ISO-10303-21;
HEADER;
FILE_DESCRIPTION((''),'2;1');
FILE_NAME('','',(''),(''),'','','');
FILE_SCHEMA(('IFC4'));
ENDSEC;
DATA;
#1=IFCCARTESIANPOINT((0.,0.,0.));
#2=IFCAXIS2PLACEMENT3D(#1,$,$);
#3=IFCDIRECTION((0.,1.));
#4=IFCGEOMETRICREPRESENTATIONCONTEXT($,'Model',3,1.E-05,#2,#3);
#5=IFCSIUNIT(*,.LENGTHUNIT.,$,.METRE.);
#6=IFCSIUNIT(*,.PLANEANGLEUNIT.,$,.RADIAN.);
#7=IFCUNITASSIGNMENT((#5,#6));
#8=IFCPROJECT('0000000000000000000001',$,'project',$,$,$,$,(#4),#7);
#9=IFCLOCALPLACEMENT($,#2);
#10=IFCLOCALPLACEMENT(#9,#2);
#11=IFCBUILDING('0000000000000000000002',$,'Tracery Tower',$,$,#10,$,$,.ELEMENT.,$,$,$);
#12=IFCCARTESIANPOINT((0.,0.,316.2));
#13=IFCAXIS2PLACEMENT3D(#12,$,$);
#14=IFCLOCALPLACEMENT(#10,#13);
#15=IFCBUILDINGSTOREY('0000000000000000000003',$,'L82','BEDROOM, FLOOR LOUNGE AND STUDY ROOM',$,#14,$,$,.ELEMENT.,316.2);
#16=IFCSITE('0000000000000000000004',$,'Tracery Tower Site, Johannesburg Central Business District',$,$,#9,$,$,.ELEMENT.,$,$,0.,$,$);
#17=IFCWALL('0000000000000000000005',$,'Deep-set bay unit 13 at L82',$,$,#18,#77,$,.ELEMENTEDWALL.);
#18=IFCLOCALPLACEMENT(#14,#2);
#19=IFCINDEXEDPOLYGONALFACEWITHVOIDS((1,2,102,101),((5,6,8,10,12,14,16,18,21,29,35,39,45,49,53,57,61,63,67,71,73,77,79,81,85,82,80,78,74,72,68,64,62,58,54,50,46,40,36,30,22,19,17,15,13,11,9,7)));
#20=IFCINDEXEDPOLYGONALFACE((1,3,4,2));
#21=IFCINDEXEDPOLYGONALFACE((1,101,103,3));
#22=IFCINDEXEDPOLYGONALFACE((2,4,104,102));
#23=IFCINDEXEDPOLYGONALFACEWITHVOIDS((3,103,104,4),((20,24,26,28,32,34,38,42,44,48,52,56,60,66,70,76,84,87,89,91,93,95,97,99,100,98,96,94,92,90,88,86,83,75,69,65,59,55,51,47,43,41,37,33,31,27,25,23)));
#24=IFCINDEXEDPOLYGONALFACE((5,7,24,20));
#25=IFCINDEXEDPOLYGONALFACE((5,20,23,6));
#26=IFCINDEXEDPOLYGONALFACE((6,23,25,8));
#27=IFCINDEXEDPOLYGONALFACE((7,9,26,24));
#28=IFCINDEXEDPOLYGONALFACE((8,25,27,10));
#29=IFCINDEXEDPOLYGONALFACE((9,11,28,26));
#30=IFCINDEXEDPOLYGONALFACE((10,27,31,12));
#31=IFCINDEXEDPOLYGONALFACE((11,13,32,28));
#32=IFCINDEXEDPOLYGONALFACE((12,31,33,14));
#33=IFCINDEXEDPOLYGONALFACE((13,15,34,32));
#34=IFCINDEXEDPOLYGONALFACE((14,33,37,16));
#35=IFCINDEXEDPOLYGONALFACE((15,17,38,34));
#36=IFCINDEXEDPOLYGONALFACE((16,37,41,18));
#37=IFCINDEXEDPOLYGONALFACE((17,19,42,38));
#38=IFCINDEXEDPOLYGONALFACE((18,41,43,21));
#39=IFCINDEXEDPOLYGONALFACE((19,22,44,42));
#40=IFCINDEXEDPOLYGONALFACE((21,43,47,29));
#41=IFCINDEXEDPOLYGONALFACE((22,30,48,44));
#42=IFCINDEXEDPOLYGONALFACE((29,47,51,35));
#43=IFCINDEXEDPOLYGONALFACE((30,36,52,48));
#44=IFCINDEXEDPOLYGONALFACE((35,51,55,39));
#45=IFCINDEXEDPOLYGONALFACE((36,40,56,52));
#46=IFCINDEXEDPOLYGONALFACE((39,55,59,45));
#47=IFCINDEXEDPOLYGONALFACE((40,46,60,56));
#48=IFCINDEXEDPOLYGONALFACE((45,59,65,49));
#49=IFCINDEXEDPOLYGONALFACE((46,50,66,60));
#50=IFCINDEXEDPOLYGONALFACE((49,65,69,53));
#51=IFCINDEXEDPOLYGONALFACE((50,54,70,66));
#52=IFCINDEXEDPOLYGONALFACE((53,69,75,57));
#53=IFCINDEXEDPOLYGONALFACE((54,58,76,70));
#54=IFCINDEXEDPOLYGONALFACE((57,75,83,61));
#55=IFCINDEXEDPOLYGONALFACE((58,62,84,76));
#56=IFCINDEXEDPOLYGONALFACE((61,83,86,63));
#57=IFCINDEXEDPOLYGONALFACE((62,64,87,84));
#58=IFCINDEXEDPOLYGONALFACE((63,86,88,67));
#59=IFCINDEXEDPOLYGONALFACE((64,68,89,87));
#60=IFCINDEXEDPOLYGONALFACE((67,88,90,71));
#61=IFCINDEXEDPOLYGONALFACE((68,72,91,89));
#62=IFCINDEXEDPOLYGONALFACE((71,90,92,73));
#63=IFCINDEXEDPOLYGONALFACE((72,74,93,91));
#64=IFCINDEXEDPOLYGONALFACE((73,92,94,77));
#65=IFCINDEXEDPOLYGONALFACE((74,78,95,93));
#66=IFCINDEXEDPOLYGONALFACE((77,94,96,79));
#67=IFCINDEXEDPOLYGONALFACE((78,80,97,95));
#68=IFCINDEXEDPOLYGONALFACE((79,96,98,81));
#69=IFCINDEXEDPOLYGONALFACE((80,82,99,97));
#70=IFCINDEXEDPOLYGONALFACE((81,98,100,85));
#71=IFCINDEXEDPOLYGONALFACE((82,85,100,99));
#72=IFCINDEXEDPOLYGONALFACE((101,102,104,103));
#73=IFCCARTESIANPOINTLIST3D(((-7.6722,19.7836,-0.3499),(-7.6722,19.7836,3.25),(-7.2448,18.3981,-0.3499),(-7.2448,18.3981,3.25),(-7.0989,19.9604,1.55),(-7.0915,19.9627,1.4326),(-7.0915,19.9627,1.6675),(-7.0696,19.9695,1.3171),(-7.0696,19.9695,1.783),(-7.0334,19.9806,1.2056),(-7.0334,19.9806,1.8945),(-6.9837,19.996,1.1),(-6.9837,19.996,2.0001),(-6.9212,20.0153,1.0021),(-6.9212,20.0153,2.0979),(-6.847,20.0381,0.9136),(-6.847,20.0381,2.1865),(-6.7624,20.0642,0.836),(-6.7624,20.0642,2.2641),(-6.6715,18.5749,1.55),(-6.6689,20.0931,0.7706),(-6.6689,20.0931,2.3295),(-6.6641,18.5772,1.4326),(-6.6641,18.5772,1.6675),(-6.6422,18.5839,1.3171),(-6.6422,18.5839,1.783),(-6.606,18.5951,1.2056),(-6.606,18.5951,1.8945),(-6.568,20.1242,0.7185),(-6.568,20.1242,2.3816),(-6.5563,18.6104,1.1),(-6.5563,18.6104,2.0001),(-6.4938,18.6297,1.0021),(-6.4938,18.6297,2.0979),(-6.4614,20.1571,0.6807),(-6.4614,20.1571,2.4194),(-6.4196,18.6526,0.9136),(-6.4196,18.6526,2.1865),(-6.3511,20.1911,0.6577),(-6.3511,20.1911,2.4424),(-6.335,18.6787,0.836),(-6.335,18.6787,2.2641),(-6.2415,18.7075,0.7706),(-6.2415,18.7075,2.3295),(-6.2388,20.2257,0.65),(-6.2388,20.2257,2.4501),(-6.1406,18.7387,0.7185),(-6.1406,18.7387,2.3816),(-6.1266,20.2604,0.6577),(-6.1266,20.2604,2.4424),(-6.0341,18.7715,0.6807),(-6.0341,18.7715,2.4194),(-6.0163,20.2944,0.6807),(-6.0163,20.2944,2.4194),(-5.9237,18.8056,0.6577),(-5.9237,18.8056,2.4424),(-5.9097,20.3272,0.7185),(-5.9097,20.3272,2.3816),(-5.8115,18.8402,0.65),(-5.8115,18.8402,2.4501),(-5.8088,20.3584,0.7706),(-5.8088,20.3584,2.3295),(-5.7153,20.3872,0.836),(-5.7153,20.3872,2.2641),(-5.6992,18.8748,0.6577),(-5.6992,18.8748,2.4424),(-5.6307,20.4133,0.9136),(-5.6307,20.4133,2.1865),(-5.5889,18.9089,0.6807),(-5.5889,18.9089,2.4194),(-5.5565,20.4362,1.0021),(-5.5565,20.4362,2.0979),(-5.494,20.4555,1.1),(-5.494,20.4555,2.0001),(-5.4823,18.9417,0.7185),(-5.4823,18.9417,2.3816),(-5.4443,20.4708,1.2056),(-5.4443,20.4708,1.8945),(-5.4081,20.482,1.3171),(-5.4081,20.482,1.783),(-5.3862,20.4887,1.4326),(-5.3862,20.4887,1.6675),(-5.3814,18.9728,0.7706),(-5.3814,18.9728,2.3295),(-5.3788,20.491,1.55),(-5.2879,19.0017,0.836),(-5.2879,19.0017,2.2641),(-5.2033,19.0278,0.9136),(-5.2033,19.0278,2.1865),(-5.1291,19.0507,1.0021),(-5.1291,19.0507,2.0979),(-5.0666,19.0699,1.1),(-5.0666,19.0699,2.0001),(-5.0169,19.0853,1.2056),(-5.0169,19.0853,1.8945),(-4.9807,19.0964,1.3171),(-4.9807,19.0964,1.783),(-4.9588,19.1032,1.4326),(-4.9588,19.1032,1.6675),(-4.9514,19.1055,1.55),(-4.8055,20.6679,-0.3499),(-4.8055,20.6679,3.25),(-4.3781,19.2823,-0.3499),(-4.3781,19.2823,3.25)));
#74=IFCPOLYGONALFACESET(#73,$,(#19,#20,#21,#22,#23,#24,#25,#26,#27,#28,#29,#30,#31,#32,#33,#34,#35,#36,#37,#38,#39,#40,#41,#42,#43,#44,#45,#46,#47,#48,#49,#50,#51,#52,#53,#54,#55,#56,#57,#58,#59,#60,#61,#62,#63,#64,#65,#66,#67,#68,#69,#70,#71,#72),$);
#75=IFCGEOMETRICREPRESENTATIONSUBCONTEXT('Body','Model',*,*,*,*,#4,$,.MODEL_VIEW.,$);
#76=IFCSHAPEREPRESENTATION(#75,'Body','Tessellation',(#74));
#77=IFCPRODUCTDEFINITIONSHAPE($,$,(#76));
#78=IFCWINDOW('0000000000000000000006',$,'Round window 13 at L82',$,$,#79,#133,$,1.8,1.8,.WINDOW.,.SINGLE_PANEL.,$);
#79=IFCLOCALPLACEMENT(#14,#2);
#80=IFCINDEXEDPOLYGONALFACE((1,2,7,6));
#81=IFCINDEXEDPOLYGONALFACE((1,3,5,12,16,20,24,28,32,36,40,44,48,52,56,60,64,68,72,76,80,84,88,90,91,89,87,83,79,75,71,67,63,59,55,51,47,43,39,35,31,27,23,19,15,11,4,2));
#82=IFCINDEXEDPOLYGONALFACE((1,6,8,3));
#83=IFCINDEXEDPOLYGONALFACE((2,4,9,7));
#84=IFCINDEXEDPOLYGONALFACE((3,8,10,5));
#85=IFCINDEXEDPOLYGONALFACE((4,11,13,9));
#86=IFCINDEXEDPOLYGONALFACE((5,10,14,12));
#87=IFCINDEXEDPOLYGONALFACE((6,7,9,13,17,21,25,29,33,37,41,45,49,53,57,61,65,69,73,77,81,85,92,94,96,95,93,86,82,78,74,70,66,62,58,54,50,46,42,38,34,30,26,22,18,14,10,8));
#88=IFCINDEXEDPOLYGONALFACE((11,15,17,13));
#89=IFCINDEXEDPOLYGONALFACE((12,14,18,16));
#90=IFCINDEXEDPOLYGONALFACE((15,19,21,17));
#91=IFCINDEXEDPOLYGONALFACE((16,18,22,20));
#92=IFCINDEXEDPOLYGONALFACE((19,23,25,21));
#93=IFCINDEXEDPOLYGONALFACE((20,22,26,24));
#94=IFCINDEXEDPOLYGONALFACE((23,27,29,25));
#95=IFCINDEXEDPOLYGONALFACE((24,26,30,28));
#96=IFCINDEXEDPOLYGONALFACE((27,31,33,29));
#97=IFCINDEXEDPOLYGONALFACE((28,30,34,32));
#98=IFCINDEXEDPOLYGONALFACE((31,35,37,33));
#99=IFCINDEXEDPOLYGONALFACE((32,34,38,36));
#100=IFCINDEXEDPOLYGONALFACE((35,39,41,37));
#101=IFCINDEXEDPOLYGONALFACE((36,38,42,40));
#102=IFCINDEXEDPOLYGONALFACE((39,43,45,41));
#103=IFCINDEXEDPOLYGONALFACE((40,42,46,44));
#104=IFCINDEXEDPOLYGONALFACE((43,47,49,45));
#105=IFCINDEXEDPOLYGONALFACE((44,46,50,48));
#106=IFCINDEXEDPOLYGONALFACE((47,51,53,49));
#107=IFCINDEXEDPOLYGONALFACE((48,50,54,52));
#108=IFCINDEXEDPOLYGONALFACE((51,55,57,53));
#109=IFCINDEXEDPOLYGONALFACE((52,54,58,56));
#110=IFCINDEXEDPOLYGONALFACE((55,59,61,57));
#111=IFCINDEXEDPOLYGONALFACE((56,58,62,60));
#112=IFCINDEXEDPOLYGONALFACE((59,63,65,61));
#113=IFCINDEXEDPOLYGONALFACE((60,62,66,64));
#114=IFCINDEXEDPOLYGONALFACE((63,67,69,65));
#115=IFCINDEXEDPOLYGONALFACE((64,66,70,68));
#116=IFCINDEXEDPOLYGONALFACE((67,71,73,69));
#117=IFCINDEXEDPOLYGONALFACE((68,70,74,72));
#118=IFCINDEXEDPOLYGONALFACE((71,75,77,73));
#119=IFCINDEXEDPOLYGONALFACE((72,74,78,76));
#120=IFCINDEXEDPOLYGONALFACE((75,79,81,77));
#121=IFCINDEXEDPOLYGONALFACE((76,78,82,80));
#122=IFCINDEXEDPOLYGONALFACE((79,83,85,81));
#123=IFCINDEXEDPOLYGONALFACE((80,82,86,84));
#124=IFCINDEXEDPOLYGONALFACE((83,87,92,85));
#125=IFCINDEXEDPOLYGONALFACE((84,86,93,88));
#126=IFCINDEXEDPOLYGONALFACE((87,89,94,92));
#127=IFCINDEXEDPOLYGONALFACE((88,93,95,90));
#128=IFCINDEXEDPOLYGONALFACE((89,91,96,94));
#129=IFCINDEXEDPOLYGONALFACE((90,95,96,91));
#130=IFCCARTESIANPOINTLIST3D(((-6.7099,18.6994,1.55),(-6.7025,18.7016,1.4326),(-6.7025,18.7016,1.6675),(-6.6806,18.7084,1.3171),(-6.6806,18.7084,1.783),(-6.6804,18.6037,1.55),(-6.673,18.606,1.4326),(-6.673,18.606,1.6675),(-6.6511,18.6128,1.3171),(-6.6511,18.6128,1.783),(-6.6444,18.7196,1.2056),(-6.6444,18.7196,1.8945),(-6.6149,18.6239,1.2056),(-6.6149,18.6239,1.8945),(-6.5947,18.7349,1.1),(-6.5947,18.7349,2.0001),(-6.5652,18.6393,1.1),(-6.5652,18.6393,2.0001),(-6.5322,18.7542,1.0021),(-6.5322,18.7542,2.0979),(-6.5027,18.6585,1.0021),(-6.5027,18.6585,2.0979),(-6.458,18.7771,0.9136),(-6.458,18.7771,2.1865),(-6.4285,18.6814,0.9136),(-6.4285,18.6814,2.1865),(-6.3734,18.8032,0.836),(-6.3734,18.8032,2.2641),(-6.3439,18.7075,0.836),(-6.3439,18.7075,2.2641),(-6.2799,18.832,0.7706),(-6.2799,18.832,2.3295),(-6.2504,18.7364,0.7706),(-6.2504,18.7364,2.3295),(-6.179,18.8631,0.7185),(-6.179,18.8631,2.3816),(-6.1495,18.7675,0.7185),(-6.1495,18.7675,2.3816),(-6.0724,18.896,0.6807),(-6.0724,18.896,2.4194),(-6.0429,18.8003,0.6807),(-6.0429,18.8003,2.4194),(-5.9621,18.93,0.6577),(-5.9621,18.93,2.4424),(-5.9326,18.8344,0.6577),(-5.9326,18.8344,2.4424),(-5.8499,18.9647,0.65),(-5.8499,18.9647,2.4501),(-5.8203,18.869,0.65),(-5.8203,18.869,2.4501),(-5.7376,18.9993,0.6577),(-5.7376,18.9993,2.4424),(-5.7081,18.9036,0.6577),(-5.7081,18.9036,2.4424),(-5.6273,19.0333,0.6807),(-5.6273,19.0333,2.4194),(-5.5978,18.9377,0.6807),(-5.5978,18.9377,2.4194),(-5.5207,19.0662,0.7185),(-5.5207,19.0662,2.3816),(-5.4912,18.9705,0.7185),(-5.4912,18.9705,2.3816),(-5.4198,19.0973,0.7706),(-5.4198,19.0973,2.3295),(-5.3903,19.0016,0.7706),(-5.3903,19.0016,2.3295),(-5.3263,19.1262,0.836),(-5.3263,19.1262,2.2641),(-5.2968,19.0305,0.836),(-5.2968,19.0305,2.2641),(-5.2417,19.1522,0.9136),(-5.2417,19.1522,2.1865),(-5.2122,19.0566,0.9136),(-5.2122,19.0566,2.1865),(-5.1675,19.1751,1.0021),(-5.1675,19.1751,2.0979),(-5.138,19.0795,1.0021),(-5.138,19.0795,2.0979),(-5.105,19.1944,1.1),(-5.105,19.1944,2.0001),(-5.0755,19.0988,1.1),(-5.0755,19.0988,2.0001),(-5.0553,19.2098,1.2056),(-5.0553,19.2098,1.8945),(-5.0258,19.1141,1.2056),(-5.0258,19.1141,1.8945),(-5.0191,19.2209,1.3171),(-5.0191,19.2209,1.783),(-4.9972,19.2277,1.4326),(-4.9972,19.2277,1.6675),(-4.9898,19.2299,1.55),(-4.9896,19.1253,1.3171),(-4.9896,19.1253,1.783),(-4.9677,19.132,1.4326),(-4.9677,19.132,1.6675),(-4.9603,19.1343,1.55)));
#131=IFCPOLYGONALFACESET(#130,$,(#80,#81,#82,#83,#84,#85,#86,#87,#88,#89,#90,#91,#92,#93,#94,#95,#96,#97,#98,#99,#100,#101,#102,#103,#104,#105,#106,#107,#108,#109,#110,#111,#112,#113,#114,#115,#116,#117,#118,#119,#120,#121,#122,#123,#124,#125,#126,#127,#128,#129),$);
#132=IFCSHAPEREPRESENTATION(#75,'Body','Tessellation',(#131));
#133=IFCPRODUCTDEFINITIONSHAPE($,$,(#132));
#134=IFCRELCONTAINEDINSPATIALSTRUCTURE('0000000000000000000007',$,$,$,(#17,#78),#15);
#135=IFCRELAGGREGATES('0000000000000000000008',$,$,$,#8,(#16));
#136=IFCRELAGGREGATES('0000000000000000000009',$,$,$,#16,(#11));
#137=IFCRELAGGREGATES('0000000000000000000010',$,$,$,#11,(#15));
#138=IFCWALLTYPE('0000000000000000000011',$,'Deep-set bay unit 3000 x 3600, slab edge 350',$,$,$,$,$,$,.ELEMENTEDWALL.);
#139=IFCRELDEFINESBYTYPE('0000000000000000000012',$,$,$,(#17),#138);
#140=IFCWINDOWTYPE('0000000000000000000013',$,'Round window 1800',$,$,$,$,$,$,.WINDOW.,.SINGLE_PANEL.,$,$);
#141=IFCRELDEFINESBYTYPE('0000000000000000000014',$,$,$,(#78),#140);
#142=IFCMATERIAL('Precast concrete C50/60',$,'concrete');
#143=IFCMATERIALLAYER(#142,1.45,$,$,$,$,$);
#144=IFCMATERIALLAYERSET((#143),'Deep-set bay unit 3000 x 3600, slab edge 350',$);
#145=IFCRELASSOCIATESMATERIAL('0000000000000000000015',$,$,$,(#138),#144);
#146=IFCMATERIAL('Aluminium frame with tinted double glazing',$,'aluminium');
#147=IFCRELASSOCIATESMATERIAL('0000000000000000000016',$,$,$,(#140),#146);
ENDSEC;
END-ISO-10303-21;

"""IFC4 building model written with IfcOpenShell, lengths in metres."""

from ifc_helpers import new_model, si_unit, direction, frame, frame_2d, origin, origin_2d, place, context, subcontext, project, spatial, rectangle, circle, extrude, material, layer, layer_set, type_object, element, fill, save


model = new_model("IFC4")

# Units and contexts
model_context = context("Model", 3, precision=1e-05, world=origin(), true_north=direction((0.0, 1.0)))
body_context = subcontext(model_context, "Body", "Model", "MODEL_VIEW")
ifc_project = project(units=[si_unit("LENGTHUNIT", "METRE"), si_unit("PLANEANGLEUNIT", "RADIAN")], contexts=[model_context])

# Site, building, storey
site_placement = place(None, origin())
site = spatial("IfcSite", under=ifc_project, at=site_placement, Name="Tracery Tower Site, Johannesburg Central Business District", CompositionType="ELEMENT", RefElevation=0.0)
building_placement = place(site_placement, origin())
building = spatial("IfcBuilding", under=site, at=building_placement, Name="Tracery Tower", CompositionType="ELEMENT")
storey_placement = place(building_placement, frame((0.0, 0.0, 316.2)))
storey = spatial("IfcBuildingStorey", under=building, at=storey_placement, Name="L82", Description="BEDROOM, FLOOR LOUNGE AND STUDY ROOM", CompositionType="ELEMENT", Elevation=316.2)

# Wall, opening, window
ifc_material_1 = material(Name="Precast concrete C50/60", Category="concrete")
ifc_layer_1 = layer(ifc_material_1, 1.45)
ifc_layer_set_1 = layer_set([ifc_layer_1], Name="Deep-set bay unit 3000 x 3600, slab edge 350")
wall_type_1 = type_object("IfcWallType", Name="Deep-set bay unit 3000 x 3600, slab edge 350", PredefinedType="ELEMENTEDWALL", material=ifc_layer_set_1)
wall_1_placement = place(storey_placement, frame((-4.5918, 19.9751, -0.3499), z_axis=(0.0, 0.0, 1.0), x_axis=(-0.955571, -0.294761, 0.0)))
wall_1 = element("IfcWall", 1, at=wall_1_placement, inside=storey, type_object=wall_type_1, Name="Deep-set bay unit 13 at L82", PredefinedType="ELEMENTEDWALL", context=body_context, shape_type="SweptSolid", body=[
    extrude(rectangle(XDim=3.0, YDim=1.45, at=frame_2d((1.5, 0.0))), origin(), (0.0, 0.0, 1.0), 3.5999),
])
opening_1_placement = place(wall_1_placement, frame((1.5, 0.0, 1.8999)))
opening_1 = element("IfcOpeningElement", 2, at=opening_1_placement, cuts=wall_1, PredefinedType="OPENING", context=body_context, shape_type="SweptSolid", body=[
    extrude(circle(Radius=0.9, at=origin_2d()), frame((0.0, 0.7349, 0.0), z_axis=(0.0, -1.0, 0.0), x_axis=(1.0, 0.0, 0.0)), (0.0, 0.0, 1.0), 1.47),
])
ifc_material_2 = material(Name="Aluminium frame with tinted double glazing", Category="aluminium")
window_type = type_object("IfcWindowType", Name="Round window 1800", PartitioningType="SINGLE_PANEL", PredefinedType="WINDOW", material=ifc_material_2)
window_1_placement = place(opening_1_placement, origin())
window_1 = element("IfcWindow", 3, at=window_1_placement, inside=storey, type_object=window_type, Name="Round window 13 at L82", OverallHeight=1.8, OverallWidth=1.8, PartitioningType="SINGLE_PANEL", PredefinedType="WINDOW", context=body_context, shape_type="SweptSolid", body=[
    extrude(circle(Radius=0.9, at=origin_2d()), frame((0.0, 0.6948, 0.0), z_axis=(0.0, -1.0, 0.0), x_axis=(1.0, 0.0, 0.0)), (0.0, 0.0, 1.0), 0.1001),
])
fill(opening_1, window_1)

save(model, "model.ifc")
